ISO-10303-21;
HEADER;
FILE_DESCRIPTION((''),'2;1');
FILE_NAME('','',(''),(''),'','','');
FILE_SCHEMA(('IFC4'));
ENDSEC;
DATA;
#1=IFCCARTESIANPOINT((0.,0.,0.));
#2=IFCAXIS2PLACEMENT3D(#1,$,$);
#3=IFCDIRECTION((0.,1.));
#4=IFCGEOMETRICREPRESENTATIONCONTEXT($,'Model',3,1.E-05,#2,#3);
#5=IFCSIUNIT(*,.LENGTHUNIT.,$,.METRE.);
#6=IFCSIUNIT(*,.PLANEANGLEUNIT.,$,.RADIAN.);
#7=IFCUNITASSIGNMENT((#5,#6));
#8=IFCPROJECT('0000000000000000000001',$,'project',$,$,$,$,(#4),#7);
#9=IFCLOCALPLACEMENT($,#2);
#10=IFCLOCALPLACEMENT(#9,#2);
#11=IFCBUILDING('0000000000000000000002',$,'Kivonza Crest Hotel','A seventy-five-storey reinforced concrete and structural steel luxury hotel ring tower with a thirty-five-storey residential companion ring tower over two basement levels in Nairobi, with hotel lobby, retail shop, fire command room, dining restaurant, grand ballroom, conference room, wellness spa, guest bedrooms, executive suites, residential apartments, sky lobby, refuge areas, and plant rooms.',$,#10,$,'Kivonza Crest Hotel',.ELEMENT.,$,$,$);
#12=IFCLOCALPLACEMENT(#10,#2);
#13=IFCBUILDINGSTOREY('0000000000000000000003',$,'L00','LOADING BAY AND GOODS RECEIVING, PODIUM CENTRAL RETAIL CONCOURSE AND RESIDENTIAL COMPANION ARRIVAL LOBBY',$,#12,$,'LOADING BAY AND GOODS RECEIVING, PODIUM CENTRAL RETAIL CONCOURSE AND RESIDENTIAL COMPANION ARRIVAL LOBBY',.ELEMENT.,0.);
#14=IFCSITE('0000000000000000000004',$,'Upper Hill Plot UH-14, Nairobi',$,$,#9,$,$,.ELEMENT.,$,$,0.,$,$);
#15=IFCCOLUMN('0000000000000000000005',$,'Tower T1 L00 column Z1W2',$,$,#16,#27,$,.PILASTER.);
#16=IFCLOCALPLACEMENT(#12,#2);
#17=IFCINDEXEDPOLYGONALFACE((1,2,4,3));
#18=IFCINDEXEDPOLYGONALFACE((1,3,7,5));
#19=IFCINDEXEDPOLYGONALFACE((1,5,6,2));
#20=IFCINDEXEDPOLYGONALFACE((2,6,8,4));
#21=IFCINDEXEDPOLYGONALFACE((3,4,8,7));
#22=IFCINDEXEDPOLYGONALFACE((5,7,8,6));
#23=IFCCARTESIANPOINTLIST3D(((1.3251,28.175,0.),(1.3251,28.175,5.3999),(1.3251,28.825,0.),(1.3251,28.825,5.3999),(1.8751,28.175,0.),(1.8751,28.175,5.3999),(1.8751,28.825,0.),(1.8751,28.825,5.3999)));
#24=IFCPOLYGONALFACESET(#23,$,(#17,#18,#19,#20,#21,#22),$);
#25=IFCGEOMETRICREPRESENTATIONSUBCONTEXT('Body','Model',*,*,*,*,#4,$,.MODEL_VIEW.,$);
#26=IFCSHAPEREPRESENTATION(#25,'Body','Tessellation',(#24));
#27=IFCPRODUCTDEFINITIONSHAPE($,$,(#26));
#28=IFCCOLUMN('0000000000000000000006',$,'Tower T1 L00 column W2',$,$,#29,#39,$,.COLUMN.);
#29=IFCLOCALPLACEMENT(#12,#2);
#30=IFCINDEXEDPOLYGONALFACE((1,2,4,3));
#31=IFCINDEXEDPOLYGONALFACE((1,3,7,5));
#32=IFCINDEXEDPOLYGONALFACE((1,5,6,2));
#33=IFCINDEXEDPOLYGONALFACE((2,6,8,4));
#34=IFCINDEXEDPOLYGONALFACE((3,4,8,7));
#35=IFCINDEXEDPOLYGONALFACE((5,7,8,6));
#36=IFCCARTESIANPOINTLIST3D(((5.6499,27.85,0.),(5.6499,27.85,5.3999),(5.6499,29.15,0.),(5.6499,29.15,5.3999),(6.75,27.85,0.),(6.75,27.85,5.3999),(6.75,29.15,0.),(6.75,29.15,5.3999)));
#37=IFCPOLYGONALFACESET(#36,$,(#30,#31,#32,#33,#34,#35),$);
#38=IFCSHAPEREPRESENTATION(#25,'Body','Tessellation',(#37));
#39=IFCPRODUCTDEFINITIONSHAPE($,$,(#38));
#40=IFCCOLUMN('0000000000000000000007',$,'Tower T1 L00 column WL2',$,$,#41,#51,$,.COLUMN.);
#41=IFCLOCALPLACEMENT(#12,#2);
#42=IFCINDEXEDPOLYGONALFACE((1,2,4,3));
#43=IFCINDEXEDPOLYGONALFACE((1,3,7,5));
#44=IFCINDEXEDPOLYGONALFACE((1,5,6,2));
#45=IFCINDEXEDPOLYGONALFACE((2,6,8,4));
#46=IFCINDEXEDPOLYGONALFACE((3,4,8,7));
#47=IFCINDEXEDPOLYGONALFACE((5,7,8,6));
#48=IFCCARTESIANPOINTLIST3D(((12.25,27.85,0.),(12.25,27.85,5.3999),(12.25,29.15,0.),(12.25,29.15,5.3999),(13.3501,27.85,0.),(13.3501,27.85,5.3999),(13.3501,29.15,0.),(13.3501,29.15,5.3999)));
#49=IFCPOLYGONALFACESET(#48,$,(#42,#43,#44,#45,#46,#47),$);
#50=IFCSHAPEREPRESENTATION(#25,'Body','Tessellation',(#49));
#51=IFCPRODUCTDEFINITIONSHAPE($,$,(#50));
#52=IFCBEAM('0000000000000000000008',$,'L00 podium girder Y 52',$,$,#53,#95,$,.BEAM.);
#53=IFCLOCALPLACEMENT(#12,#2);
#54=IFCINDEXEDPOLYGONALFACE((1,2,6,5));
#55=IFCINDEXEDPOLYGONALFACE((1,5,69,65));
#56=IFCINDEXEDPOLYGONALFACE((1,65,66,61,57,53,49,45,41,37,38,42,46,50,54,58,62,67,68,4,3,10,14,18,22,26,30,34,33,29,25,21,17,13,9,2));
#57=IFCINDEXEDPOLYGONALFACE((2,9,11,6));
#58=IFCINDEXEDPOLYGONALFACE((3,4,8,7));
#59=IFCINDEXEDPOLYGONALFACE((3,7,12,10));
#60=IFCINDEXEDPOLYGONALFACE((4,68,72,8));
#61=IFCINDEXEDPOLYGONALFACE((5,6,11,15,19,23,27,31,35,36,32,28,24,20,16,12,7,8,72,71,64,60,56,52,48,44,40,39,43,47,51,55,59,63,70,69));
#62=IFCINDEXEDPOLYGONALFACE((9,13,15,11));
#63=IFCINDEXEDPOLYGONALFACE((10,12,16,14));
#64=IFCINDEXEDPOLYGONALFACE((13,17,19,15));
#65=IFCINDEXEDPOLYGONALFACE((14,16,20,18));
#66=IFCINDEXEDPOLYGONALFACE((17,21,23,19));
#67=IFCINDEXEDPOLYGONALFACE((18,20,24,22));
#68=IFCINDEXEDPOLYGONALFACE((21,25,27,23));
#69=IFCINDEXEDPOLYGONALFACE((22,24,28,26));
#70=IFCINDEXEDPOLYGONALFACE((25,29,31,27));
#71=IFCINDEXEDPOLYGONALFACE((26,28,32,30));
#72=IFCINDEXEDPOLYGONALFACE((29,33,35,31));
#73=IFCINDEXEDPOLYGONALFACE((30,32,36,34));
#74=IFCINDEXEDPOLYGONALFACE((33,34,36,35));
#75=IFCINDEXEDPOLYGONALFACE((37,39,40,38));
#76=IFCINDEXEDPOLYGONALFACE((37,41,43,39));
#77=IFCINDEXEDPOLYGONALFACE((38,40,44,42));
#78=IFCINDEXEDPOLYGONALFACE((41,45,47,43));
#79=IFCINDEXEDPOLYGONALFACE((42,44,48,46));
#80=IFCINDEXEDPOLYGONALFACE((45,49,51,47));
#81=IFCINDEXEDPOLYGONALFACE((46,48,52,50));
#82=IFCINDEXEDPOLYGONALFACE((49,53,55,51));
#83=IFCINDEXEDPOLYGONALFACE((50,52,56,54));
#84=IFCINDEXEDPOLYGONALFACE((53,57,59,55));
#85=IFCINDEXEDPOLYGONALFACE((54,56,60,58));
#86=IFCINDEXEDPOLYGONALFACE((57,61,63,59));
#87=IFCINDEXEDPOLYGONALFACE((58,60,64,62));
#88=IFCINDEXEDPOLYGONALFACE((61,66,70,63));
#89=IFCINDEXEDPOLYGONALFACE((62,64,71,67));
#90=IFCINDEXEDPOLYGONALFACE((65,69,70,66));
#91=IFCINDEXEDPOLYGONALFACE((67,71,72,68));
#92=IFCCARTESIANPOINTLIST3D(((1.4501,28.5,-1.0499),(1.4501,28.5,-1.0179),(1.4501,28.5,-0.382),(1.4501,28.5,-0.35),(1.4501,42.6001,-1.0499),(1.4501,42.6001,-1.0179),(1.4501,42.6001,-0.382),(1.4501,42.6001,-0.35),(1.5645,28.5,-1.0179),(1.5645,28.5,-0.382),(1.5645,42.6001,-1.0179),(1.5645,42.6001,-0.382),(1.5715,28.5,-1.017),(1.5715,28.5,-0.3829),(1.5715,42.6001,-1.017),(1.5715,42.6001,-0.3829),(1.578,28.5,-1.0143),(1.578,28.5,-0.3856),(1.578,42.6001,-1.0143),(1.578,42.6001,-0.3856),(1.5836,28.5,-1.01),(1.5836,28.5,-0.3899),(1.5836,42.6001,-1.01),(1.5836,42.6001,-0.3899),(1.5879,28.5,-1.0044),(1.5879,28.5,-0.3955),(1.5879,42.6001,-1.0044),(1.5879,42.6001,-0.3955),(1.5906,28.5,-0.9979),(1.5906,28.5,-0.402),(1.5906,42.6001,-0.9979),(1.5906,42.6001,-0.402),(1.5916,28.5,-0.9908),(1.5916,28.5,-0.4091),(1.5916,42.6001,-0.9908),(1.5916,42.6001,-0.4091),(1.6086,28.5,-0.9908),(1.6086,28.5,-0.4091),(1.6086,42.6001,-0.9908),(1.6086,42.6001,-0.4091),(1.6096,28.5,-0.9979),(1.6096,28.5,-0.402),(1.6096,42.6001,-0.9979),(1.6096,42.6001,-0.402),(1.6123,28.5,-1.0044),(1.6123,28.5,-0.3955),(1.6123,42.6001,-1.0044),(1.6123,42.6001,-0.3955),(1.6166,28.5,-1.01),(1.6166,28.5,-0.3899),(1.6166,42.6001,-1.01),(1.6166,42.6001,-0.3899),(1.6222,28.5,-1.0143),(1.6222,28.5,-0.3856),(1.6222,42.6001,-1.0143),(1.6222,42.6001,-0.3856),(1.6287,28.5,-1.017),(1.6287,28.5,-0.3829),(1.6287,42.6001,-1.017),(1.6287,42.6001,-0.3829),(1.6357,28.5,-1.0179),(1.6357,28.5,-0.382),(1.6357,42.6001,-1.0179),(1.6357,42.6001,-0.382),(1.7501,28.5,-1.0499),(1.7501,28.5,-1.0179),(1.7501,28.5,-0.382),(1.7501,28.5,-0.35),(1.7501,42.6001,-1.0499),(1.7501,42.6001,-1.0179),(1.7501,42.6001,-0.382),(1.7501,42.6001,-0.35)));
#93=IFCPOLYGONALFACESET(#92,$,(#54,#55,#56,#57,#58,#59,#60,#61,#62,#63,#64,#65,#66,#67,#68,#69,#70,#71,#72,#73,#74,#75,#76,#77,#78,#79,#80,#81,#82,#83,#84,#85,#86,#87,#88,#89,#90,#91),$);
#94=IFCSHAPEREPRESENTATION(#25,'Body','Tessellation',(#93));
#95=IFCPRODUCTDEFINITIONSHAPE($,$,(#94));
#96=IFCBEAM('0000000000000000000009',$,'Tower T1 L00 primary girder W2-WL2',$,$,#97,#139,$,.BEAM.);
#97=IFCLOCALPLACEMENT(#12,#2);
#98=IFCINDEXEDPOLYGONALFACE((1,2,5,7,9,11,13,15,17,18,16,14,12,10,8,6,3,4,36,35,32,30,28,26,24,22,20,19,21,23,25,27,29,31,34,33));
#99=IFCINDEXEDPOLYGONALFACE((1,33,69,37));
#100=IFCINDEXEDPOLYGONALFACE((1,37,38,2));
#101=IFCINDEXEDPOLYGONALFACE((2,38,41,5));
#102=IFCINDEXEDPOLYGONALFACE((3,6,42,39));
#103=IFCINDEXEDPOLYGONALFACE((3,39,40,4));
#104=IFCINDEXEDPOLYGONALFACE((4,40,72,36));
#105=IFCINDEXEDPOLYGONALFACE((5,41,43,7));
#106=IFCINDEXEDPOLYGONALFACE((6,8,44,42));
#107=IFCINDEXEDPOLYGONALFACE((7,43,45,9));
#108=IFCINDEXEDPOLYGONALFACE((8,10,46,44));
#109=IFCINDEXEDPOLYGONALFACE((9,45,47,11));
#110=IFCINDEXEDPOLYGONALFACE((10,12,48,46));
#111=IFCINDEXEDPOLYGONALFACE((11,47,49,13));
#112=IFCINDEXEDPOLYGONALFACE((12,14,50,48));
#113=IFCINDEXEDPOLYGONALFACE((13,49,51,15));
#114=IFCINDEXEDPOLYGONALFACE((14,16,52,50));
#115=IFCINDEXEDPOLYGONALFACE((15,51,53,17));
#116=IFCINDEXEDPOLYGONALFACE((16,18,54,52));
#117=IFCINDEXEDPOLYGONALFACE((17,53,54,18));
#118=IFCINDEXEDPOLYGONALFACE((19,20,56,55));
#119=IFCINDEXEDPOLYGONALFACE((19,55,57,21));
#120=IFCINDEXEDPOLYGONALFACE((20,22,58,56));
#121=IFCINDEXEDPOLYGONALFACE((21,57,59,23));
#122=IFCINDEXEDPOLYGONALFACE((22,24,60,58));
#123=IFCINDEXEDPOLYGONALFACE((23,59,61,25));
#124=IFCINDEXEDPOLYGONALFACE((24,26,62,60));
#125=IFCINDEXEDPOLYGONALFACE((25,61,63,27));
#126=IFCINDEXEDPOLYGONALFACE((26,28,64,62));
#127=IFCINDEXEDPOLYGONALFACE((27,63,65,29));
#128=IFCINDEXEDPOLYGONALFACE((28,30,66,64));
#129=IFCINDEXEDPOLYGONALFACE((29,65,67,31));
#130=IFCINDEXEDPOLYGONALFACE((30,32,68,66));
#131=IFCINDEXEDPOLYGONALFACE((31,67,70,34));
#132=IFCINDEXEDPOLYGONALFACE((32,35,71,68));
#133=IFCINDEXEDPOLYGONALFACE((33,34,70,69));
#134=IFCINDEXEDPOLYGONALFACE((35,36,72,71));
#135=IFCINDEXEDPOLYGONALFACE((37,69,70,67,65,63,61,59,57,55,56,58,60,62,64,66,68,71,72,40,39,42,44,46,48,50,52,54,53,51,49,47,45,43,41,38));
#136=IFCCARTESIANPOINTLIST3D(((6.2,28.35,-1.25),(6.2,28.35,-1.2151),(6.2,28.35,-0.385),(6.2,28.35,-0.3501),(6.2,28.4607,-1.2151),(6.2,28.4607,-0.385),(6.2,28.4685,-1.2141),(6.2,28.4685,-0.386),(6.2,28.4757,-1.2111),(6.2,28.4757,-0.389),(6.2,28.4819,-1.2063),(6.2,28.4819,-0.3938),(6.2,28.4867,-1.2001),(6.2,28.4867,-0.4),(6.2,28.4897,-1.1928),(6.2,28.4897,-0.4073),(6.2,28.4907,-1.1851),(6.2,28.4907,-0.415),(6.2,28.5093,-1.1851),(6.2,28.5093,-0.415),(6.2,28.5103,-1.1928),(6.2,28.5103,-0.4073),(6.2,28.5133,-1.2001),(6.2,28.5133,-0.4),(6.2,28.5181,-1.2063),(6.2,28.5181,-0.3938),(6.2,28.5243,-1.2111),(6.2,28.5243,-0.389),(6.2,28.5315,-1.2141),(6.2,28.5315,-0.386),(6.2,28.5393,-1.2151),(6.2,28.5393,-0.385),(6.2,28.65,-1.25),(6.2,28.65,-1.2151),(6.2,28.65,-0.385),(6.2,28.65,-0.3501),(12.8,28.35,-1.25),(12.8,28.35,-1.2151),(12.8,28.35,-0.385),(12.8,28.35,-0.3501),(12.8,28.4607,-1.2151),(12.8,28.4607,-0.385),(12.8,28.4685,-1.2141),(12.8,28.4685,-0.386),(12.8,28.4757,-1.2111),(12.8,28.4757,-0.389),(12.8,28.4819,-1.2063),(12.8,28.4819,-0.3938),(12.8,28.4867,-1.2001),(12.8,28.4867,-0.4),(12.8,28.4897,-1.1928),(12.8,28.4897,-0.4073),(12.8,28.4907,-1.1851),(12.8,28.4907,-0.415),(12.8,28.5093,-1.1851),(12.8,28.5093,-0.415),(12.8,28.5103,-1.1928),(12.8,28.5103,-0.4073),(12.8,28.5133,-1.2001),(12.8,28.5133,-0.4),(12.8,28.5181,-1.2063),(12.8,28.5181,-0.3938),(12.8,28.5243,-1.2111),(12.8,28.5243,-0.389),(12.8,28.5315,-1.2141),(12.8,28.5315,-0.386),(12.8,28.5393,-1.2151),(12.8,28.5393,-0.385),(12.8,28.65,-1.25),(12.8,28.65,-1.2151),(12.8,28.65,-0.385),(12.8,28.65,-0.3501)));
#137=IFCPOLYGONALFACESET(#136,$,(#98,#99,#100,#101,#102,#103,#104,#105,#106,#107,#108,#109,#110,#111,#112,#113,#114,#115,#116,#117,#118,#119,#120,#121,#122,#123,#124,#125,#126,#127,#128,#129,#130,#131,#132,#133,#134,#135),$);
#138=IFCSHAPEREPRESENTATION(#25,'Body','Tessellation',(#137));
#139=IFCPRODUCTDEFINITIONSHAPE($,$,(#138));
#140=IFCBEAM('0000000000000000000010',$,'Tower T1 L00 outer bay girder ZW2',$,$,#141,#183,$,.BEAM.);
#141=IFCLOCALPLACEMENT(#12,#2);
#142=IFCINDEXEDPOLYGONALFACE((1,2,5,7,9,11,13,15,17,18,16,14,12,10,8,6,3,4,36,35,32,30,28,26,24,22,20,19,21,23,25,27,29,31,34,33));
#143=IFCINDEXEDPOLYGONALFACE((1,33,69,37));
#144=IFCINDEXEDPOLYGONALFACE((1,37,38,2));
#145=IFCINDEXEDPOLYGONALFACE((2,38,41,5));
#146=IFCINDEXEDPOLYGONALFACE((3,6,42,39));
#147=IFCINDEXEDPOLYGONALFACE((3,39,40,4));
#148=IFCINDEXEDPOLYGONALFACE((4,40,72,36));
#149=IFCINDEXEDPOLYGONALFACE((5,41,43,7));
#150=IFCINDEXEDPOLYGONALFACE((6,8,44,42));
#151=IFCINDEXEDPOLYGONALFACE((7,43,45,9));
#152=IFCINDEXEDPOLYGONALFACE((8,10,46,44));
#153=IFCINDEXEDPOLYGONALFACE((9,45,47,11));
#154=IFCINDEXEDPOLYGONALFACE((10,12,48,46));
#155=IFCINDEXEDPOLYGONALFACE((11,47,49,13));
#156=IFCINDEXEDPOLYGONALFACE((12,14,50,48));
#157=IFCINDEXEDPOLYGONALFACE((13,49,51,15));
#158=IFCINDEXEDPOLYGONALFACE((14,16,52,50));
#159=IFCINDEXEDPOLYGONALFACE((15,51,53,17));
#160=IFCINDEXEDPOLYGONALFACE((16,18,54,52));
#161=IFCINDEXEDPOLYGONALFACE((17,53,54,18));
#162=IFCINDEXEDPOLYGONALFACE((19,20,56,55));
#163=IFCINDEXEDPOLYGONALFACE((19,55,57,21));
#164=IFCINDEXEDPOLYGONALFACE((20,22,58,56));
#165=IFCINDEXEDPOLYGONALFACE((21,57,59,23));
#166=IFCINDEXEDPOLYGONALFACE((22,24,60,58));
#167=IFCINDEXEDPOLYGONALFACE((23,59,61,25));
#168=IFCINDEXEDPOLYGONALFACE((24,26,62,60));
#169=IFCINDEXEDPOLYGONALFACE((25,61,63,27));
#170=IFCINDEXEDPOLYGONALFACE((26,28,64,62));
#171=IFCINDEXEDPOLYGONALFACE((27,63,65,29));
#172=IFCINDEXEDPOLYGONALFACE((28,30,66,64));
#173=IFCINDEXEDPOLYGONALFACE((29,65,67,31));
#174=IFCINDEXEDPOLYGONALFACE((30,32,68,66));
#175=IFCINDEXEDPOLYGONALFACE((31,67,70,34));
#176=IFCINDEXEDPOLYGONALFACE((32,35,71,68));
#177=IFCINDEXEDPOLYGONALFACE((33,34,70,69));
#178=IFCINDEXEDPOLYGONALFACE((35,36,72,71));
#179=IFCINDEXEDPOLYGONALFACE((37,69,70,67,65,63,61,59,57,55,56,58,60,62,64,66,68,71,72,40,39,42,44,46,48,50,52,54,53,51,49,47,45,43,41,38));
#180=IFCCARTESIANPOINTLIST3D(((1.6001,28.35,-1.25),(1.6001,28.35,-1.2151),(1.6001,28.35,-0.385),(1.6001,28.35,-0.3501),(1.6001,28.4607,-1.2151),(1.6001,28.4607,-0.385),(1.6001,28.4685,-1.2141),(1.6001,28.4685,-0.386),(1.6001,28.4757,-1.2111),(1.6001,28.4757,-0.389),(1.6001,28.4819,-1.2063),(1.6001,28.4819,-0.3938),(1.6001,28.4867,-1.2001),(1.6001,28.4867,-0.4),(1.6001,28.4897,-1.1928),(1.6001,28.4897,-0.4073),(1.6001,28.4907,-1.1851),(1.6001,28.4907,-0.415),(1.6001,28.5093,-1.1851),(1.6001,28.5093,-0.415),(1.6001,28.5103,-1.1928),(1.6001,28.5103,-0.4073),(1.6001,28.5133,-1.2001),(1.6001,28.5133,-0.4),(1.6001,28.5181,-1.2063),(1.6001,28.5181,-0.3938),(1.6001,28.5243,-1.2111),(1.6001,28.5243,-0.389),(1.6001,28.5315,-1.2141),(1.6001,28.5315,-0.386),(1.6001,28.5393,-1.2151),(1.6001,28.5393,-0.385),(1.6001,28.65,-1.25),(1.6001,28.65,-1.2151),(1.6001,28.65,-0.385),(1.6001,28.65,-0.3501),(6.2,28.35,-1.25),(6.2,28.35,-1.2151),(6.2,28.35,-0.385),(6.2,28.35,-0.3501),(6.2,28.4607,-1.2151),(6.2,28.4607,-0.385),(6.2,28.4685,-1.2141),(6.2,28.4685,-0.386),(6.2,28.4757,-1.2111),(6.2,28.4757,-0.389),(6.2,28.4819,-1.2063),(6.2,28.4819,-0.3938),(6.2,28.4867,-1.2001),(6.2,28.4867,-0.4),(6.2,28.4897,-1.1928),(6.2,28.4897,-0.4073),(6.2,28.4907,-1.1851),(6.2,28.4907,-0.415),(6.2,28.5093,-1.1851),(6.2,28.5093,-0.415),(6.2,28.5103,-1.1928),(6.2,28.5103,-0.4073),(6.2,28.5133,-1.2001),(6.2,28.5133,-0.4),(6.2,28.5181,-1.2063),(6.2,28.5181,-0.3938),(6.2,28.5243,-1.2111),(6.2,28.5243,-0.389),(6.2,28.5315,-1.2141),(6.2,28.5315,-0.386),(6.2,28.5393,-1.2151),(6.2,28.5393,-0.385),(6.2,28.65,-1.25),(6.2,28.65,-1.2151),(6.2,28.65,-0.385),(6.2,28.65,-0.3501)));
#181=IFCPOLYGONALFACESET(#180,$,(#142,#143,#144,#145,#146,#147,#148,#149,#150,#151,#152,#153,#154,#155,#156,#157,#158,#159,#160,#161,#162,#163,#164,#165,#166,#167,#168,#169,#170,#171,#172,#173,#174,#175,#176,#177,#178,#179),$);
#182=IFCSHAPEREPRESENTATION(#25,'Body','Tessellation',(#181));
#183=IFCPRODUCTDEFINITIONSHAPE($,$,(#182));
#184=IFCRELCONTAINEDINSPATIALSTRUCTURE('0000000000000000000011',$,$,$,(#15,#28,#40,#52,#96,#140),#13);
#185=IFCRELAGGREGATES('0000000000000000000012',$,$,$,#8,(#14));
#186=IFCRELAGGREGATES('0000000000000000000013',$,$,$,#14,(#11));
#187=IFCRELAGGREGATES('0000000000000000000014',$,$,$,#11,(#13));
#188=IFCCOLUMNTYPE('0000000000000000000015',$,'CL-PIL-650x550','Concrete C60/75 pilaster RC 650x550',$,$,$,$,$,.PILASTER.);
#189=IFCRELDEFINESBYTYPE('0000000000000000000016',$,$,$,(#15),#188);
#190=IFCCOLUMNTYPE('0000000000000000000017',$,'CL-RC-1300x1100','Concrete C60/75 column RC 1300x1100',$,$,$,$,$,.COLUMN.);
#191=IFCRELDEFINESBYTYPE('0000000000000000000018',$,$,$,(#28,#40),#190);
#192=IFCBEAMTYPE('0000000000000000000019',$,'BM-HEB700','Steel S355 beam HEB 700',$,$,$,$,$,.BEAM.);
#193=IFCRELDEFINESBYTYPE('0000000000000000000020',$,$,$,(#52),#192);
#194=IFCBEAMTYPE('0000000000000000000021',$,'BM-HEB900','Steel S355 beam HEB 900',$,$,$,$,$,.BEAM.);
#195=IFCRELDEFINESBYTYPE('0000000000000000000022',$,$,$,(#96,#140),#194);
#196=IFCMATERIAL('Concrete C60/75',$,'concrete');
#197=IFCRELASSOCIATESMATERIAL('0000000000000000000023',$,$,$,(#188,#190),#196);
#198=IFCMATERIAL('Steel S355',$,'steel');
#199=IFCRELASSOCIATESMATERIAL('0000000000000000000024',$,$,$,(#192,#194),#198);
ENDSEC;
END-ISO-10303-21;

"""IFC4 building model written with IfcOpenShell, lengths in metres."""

from ifc_helpers import new_model, si_unit, direction, frame, origin, origin_2d, place, context, subcontext, project, spatial, rectangle, i_section, extrude, material, material_profile, profile_set, type_object, element, save


model = new_model("IFC4")

# Units and contexts
model_context = context("Model", 3, precision=1e-05, world=origin(), true_north=direction((0.0, 1.0)))
body_context = subcontext(model_context, "Body", "Model", "MODEL_VIEW")
ifc_project = project(units=[si_unit("LENGTHUNIT", "METRE"), si_unit("PLANEANGLEUNIT", "RADIAN")], contexts=[model_context])

# Site, building, storey
site_placement = place(None, origin())
site = spatial("IfcSite", under=ifc_project, at=site_placement, Name="Upper Hill Plot UH-14, Nairobi", CompositionType="ELEMENT", RefElevation=0.0)
building_placement = place(site_placement, origin())
building = spatial("IfcBuilding", under=site, at=building_placement, Name="Kivonza Crest Hotel", Description="A seventy-five-storey reinforced concrete and structural steel luxury hotel ring tower with a thirty-five-storey residential companion ring tower over two basement levels in Nairobi, with hotel lobby, retail shop, fire command room, dining restaurant, grand ballroom, conference room, wellness spa, guest bedrooms, executive suites, residential apartments, sky lobby, refuge areas, and plant rooms.", LongName="Kivonza Crest Hotel", CompositionType="ELEMENT")
storey_placement = place(building_placement, origin())
storey = spatial("IfcBuildingStorey", under=building, at=storey_placement, Name="L00", Description="LOADING BAY AND GOODS RECEIVING, PODIUM CENTRAL RETAIL CONCOURSE AND RESIDENTIAL COMPANION ARRIVAL LOBBY", LongName="LOADING BAY AND GOODS RECEIVING, PODIUM CENTRAL RETAIL CONCOURSE AND RESIDENTIAL COMPANION ARRIVAL LOBBY", CompositionType="ELEMENT", Elevation=0.0)

# Columns
ifc_material_1 = material(Name="Concrete C60/75", Category="concrete")
ifc_material_profile_1 = material_profile(ifc_material_1, rectangle(XDim=0.55, YDim=0.6499, at=origin_2d()), Name="RC 650x550")
ifc_profile_set_1 = profile_set([ifc_material_profile_1], Name="Concrete C60/75")
column_type_1 = type_object("IfcColumnType", Name="CL-PIL-650x550", Description="Concrete C60/75 pilaster RC 650x550", PredefinedType="PILASTER", material=ifc_profile_set_1)
column_placement = place(storey_placement, frame((1.6001, 28.5, 0.0), z_axis=(0.0, 0.0, 1.0), x_axis=(1.0, 0.0, 0.0)))
element("IfcColumn", 1, at=column_placement, inside=storey, type_object=column_type_1, Name="Tower T1 L00 column Z1W2", PredefinedType="PILASTER", context=body_context, shape_type="SweptSolid", body=[
    extrude(rectangle(XDim=0.55, YDim=0.6499, at=origin_2d()), origin(), (0.0, 0.0, 1.0), 5.3999),
])
ifc_material_profile_2 = material_profile(ifc_material_1, rectangle(XDim=1.1001, YDim=1.3, at=origin_2d()), Name="RC 1300x1100")
ifc_profile_set_2 = profile_set([ifc_material_profile_2], Name="Concrete C60/75")
column_type_2 = type_object("IfcColumnType", Name="CL-RC-1300x1100", Description="Concrete C60/75 column RC 1300x1100", PredefinedType="COLUMN", material=ifc_profile_set_2)
for number, where, z_axis, x_axis, name in (
    (2, (6.2, 28.5, 0.0), (0.0, 0.0, 1.0), (1.0, 0.0, 0.0), "Tower T1 L00 column W2"),
    (3, (12.8, 28.5, 0.0), (0.0, 0.0, 1.0), (1.0, 0.0, 0.0), "Tower T1 L00 column WL2"),
):
    element("IfcColumn", number, at=place(storey_placement, frame(where, z_axis=z_axis, x_axis=x_axis)), inside=storey, type_object=column_type_2, Name=name, PredefinedType="COLUMN", context=body_context, shape_type="SweptSolid", body=[
        extrude(rectangle(XDim=1.1001, YDim=1.3, at=origin_2d()), origin(), (0.0, 0.0, 1.0), 5.3999),
    ])

# Beams
ifc_material_2 = material(Name="Steel S355", Category="steel")
ifc_material_profile_3 = material_profile(ifc_material_2, i_section(OverallWidth=0.3, OverallDepth=0.7, WebThickness=0.0171, FlangeThickness=0.032, FilletRadius=0.0271, at=origin_2d()), Name="HEB 700")
ifc_profile_set_3 = profile_set([ifc_material_profile_3], Name="Steel S355")
beam_type_1 = type_object("IfcBeamType", Name="BM-HEB700", Description="Steel S355 beam HEB 700", PredefinedType="BEAM", material=ifc_profile_set_3)
beam_1_placement = place(storey_placement, frame((1.6001, 28.5, -0.7), z_axis=(0.0, 1.0, 0.0), x_axis=(-1.0, 0.0, 0.0)))
element("IfcBeam", 4, at=beam_1_placement, inside=storey, type_object=beam_type_1, Name="L00 podium girder Y 52", PredefinedType="BEAM", context=body_context, shape_type="SweptSolid", body=[
    extrude(i_section(OverallWidth=0.3, OverallDepth=0.7, WebThickness=0.0171, FlangeThickness=0.032, FilletRadius=0.0271, at=origin_2d()), origin(), (0.0, 0.0, 1.0), 14.1001),
])
ifc_material_profile_4 = material_profile(ifc_material_2, i_section(OverallWidth=0.3, OverallDepth=0.8999, WebThickness=0.0186, FlangeThickness=0.0349, FilletRadius=0.03, at=origin_2d()), Name="HEB 900")
ifc_profile_set_4 = profile_set([ifc_material_profile_4], Name="Steel S355")
beam_type_2 = type_object("IfcBeamType", Name="BM-HEB900", Description="Steel S355 beam HEB 900", PredefinedType="BEAM", material=ifc_profile_set_4)
beam_2_placement = place(storey_placement, frame((6.2, 28.5, -0.8), z_axis=(1.0, 0.0, 0.0), x_axis=(0.0, 1.0, 0.0)))
element("IfcBeam", 5, at=beam_2_placement, inside=storey, type_object=beam_type_2, Name="Tower T1 L00 primary girder W2-WL2", PredefinedType="BEAM", context=body_context, shape_type="SweptSolid", body=[
    extrude(i_section(OverallWidth=0.3, OverallDepth=0.8999, WebThickness=0.0186, FlangeThickness=0.0349, FilletRadius=0.03, at=origin_2d()), origin(), (0.0, 0.0, 1.0), 6.6001),
])
beam_3_placement = place(storey_placement, frame((1.6001, 28.5, -0.8), z_axis=(1.0, 0.0, 0.0), x_axis=(0.0, 1.0, 0.0)))
element("IfcBeam", 6, at=beam_3_placement, inside=storey, type_object=beam_type_2, Name="Tower T1 L00 outer bay girder ZW2", PredefinedType="BEAM", context=body_context, shape_type="SweptSolid", body=[
    extrude(i_section(OverallWidth=0.3, OverallDepth=0.8999, WebThickness=0.0186, FlangeThickness=0.0349, FilletRadius=0.03, at=origin_2d()), origin(), (0.0, 0.0, 1.0), 4.5999),
])

save(model, "model.ifc")
